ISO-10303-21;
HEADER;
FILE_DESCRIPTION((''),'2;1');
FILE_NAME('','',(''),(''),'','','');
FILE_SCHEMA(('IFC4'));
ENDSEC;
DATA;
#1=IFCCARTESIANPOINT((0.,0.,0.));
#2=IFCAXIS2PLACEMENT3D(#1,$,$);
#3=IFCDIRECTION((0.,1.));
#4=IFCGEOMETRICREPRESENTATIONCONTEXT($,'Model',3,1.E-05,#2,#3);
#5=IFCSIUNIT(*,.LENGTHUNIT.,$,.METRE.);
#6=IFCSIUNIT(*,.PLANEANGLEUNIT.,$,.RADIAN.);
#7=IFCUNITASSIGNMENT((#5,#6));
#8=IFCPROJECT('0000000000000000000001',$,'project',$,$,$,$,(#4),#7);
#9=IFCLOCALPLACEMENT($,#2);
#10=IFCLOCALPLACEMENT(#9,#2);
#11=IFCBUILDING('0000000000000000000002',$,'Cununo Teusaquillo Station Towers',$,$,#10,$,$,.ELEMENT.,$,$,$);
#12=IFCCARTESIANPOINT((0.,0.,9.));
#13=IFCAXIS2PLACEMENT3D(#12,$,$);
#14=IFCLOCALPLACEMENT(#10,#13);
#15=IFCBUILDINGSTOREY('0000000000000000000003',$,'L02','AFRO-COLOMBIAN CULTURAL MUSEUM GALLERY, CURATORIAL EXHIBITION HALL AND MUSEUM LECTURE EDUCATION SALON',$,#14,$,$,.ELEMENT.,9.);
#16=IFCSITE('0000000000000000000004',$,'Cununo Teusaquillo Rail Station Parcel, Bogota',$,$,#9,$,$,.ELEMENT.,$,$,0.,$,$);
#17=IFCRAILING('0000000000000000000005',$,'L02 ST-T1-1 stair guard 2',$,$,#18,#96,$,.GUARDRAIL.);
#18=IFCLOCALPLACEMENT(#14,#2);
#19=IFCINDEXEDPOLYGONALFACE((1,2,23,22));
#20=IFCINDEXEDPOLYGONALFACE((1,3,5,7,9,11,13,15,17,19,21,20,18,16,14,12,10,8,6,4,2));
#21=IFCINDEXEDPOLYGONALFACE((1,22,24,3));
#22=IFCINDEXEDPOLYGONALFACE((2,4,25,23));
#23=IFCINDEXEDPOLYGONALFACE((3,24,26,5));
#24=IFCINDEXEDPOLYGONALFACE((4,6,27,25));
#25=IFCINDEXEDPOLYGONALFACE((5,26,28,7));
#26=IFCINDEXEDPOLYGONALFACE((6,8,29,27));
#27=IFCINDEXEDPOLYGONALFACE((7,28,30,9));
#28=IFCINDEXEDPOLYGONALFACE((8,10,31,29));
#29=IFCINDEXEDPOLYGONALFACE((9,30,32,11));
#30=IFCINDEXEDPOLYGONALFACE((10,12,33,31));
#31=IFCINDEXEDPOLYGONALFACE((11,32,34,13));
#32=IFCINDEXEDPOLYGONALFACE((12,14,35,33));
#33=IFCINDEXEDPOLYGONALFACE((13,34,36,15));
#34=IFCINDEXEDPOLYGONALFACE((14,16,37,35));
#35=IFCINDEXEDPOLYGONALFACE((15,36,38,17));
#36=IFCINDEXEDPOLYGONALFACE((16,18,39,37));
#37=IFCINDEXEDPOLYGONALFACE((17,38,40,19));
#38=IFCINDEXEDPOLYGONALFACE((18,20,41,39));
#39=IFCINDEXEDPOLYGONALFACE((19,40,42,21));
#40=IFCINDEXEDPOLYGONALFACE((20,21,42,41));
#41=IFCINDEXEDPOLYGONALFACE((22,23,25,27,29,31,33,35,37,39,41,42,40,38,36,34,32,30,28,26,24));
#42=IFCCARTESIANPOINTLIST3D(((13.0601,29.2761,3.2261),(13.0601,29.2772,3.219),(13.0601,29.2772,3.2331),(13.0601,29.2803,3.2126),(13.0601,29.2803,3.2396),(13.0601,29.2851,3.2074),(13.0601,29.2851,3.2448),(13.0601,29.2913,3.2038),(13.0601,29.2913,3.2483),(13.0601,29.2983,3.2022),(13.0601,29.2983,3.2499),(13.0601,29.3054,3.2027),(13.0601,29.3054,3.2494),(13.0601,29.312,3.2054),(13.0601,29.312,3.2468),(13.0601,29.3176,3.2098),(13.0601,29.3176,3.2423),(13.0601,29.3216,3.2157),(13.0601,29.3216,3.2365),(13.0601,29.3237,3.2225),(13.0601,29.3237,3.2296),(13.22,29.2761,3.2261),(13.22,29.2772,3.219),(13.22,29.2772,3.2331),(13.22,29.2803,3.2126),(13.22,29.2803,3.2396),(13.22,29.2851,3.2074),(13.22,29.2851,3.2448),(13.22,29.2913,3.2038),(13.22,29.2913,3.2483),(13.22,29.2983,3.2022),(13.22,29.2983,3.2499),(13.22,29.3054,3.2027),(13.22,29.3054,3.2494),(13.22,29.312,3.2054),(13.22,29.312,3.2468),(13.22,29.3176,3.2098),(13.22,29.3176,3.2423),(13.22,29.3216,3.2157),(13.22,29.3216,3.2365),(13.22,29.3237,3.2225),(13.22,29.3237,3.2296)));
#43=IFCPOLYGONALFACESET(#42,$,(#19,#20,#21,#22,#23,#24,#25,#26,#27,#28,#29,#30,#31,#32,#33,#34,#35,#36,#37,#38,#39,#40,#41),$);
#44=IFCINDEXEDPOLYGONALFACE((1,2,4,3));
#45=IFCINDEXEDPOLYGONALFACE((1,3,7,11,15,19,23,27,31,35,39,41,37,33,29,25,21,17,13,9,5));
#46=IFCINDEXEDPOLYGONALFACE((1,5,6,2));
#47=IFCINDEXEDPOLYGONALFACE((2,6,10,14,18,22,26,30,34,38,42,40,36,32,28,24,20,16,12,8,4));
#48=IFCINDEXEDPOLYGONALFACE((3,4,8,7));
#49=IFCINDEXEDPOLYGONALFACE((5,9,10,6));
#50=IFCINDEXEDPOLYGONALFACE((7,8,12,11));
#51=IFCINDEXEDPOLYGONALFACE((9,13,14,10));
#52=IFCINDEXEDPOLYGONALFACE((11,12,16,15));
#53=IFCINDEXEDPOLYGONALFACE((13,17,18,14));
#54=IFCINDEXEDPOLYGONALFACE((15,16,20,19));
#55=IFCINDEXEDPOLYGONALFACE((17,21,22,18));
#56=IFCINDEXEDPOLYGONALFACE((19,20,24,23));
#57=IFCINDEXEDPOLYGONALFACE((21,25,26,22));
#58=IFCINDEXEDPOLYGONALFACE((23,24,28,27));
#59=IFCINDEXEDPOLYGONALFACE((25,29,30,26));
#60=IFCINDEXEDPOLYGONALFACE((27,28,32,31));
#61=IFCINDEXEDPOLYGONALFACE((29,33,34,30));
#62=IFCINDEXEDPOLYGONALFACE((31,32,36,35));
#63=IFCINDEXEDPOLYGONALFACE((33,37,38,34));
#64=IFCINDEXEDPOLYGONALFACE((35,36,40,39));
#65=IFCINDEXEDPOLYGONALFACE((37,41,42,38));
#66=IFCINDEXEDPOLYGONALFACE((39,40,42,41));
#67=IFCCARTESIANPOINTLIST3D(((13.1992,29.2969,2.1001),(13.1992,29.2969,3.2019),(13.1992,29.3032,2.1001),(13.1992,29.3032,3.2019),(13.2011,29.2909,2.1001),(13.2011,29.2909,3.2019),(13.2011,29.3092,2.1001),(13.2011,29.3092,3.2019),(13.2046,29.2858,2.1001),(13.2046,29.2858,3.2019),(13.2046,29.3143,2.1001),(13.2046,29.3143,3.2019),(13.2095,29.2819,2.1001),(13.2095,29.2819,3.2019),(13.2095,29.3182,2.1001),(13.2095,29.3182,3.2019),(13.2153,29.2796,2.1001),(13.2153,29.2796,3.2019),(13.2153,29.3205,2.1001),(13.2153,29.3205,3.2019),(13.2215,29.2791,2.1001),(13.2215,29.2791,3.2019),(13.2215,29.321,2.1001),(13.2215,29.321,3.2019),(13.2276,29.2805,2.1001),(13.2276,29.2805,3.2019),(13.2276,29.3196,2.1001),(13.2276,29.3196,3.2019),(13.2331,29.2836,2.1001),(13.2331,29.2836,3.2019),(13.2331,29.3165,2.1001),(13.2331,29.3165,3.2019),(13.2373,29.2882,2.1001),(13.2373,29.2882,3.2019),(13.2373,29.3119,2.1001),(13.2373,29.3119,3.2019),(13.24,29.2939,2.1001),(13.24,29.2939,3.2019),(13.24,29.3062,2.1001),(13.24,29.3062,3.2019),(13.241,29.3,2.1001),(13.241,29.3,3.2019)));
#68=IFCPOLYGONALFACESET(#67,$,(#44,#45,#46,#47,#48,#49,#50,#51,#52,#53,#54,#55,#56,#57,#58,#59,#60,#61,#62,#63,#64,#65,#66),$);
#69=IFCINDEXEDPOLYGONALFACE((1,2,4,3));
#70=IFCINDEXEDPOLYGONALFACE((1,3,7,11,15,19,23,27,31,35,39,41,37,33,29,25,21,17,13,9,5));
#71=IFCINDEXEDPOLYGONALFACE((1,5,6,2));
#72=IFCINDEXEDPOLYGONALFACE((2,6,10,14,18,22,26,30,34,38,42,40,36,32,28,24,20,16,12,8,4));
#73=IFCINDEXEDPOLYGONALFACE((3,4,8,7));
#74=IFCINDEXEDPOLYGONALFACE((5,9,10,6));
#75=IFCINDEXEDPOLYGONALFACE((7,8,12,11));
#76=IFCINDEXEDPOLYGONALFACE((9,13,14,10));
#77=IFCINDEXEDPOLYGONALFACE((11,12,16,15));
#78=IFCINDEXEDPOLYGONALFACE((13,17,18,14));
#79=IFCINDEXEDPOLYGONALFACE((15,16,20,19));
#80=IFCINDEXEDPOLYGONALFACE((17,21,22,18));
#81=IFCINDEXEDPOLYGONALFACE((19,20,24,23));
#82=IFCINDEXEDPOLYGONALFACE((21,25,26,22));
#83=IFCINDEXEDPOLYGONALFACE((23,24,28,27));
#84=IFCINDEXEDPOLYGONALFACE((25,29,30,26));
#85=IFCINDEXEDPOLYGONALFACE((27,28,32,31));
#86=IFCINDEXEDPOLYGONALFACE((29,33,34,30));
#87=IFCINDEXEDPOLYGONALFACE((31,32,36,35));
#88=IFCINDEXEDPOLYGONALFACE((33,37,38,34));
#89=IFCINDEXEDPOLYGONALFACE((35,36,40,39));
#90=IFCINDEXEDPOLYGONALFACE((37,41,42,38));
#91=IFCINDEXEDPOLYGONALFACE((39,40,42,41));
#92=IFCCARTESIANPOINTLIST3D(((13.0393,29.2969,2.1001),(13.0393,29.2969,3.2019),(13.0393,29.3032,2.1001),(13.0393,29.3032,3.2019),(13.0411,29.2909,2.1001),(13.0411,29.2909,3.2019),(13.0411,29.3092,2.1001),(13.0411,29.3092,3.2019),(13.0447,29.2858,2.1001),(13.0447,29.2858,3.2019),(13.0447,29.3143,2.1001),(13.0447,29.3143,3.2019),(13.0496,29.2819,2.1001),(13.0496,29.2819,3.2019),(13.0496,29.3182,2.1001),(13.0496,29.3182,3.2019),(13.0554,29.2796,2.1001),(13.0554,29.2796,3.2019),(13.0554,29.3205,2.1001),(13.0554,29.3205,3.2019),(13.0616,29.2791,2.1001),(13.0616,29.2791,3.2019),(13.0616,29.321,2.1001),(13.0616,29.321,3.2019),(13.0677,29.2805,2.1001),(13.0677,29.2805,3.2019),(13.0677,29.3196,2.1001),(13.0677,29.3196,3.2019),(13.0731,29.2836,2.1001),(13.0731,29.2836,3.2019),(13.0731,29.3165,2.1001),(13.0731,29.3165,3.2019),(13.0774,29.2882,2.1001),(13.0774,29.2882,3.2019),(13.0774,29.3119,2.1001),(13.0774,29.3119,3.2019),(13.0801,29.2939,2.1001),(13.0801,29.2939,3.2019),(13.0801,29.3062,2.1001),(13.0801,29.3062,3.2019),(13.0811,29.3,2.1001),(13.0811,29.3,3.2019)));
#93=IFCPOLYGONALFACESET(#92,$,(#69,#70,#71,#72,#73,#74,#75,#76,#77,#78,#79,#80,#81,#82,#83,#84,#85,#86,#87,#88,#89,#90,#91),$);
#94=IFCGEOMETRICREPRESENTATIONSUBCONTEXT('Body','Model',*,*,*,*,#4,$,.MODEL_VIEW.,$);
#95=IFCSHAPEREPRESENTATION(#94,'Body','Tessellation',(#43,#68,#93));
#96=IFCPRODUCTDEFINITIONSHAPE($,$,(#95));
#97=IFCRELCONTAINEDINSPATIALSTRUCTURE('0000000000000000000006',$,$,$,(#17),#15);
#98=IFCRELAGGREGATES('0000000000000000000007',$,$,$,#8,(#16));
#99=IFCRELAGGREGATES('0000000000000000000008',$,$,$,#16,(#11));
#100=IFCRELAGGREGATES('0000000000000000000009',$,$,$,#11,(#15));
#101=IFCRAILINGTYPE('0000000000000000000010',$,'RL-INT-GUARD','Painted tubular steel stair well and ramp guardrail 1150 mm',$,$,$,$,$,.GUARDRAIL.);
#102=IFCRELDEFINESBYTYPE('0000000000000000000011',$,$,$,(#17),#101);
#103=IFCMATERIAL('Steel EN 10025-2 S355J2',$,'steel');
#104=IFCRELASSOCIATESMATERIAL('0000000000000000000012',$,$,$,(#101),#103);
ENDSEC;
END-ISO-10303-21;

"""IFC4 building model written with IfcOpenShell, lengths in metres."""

from ifc_helpers import new_model, si_unit, direction, frame, origin, origin_2d, place, context, subcontext, project, spatial, circle, extrude, material, type_object, element, save


model = new_model("IFC4")

# Units and contexts
model_context = context("Model", 3, precision=1e-05, world=origin(), true_north=direction((0.0, 1.0)))
body_context = subcontext(model_context, "Body", "Model", "MODEL_VIEW")
ifc_project = project(units=[si_unit("LENGTHUNIT", "METRE"), si_unit("PLANEANGLEUNIT", "RADIAN")], contexts=[model_context])

# Site, building, storey
site_placement = place(None, origin())
site = spatial("IfcSite", under=ifc_project, at=site_placement, Name="Cununo Teusaquillo Rail Station Parcel, Bogota", CompositionType="ELEMENT", RefElevation=0.0)
building_placement = place(site_placement, origin())
building = spatial("IfcBuilding", under=site, at=building_placement, Name="Cununo Teusaquillo Station Towers", CompositionType="ELEMENT")
storey_placement = place(building_placement, frame((0.0, 0.0, 9.0)))
storey = spatial("IfcBuildingStorey", under=building, at=storey_placement, Name="L02", Description="AFRO-COLOMBIAN CULTURAL MUSEUM GALLERY, CURATORIAL EXHIBITION HALL AND MUSEUM LECTURE EDUCATION SALON", CompositionType="ELEMENT", Elevation=9.0)

# Railing
ifc_material_1 = material(Name="Steel EN 10025-2 S355J2", Category="steel")
railing_type_1 = type_object("IfcRailingType", Name="RL-INT-GUARD", Description="Painted tubular steel stair well and ramp guardrail 1150 mm", PredefinedType="GUARDRAIL", material=ifc_material_1)
railing_1_placement = place(storey_placement, frame((13.22, 29.3, 2.1001)))
element("IfcRailing", 1, at=railing_1_placement, inside=storey, type_object=railing_type_1, Name="L02 ST-T1-1 stair guard 2", PredefinedType="GUARDRAIL", context=body_context, shape_type="SweptSolid", body=[
    extrude(circle(Radius=0.0239, at=origin_2d()), frame((0.0, 0.0, 1.126), z_axis=(-1.0, 0.0, 0.0), x_axis=(0.0, -1.0, 0.0)), (0.0, 0.0, 1.0), 0.1599),
    extrude(circle(Radius=0.021, at=origin_2d()), origin(), (0.0, 0.0, 1.0), 1.1018),
    extrude(circle(Radius=0.021, at=origin_2d()), frame((-0.1599, 0.0, 0.0)), (0.0, 0.0, 1.0), 1.1018),
])

save(model, "model.ifc")
